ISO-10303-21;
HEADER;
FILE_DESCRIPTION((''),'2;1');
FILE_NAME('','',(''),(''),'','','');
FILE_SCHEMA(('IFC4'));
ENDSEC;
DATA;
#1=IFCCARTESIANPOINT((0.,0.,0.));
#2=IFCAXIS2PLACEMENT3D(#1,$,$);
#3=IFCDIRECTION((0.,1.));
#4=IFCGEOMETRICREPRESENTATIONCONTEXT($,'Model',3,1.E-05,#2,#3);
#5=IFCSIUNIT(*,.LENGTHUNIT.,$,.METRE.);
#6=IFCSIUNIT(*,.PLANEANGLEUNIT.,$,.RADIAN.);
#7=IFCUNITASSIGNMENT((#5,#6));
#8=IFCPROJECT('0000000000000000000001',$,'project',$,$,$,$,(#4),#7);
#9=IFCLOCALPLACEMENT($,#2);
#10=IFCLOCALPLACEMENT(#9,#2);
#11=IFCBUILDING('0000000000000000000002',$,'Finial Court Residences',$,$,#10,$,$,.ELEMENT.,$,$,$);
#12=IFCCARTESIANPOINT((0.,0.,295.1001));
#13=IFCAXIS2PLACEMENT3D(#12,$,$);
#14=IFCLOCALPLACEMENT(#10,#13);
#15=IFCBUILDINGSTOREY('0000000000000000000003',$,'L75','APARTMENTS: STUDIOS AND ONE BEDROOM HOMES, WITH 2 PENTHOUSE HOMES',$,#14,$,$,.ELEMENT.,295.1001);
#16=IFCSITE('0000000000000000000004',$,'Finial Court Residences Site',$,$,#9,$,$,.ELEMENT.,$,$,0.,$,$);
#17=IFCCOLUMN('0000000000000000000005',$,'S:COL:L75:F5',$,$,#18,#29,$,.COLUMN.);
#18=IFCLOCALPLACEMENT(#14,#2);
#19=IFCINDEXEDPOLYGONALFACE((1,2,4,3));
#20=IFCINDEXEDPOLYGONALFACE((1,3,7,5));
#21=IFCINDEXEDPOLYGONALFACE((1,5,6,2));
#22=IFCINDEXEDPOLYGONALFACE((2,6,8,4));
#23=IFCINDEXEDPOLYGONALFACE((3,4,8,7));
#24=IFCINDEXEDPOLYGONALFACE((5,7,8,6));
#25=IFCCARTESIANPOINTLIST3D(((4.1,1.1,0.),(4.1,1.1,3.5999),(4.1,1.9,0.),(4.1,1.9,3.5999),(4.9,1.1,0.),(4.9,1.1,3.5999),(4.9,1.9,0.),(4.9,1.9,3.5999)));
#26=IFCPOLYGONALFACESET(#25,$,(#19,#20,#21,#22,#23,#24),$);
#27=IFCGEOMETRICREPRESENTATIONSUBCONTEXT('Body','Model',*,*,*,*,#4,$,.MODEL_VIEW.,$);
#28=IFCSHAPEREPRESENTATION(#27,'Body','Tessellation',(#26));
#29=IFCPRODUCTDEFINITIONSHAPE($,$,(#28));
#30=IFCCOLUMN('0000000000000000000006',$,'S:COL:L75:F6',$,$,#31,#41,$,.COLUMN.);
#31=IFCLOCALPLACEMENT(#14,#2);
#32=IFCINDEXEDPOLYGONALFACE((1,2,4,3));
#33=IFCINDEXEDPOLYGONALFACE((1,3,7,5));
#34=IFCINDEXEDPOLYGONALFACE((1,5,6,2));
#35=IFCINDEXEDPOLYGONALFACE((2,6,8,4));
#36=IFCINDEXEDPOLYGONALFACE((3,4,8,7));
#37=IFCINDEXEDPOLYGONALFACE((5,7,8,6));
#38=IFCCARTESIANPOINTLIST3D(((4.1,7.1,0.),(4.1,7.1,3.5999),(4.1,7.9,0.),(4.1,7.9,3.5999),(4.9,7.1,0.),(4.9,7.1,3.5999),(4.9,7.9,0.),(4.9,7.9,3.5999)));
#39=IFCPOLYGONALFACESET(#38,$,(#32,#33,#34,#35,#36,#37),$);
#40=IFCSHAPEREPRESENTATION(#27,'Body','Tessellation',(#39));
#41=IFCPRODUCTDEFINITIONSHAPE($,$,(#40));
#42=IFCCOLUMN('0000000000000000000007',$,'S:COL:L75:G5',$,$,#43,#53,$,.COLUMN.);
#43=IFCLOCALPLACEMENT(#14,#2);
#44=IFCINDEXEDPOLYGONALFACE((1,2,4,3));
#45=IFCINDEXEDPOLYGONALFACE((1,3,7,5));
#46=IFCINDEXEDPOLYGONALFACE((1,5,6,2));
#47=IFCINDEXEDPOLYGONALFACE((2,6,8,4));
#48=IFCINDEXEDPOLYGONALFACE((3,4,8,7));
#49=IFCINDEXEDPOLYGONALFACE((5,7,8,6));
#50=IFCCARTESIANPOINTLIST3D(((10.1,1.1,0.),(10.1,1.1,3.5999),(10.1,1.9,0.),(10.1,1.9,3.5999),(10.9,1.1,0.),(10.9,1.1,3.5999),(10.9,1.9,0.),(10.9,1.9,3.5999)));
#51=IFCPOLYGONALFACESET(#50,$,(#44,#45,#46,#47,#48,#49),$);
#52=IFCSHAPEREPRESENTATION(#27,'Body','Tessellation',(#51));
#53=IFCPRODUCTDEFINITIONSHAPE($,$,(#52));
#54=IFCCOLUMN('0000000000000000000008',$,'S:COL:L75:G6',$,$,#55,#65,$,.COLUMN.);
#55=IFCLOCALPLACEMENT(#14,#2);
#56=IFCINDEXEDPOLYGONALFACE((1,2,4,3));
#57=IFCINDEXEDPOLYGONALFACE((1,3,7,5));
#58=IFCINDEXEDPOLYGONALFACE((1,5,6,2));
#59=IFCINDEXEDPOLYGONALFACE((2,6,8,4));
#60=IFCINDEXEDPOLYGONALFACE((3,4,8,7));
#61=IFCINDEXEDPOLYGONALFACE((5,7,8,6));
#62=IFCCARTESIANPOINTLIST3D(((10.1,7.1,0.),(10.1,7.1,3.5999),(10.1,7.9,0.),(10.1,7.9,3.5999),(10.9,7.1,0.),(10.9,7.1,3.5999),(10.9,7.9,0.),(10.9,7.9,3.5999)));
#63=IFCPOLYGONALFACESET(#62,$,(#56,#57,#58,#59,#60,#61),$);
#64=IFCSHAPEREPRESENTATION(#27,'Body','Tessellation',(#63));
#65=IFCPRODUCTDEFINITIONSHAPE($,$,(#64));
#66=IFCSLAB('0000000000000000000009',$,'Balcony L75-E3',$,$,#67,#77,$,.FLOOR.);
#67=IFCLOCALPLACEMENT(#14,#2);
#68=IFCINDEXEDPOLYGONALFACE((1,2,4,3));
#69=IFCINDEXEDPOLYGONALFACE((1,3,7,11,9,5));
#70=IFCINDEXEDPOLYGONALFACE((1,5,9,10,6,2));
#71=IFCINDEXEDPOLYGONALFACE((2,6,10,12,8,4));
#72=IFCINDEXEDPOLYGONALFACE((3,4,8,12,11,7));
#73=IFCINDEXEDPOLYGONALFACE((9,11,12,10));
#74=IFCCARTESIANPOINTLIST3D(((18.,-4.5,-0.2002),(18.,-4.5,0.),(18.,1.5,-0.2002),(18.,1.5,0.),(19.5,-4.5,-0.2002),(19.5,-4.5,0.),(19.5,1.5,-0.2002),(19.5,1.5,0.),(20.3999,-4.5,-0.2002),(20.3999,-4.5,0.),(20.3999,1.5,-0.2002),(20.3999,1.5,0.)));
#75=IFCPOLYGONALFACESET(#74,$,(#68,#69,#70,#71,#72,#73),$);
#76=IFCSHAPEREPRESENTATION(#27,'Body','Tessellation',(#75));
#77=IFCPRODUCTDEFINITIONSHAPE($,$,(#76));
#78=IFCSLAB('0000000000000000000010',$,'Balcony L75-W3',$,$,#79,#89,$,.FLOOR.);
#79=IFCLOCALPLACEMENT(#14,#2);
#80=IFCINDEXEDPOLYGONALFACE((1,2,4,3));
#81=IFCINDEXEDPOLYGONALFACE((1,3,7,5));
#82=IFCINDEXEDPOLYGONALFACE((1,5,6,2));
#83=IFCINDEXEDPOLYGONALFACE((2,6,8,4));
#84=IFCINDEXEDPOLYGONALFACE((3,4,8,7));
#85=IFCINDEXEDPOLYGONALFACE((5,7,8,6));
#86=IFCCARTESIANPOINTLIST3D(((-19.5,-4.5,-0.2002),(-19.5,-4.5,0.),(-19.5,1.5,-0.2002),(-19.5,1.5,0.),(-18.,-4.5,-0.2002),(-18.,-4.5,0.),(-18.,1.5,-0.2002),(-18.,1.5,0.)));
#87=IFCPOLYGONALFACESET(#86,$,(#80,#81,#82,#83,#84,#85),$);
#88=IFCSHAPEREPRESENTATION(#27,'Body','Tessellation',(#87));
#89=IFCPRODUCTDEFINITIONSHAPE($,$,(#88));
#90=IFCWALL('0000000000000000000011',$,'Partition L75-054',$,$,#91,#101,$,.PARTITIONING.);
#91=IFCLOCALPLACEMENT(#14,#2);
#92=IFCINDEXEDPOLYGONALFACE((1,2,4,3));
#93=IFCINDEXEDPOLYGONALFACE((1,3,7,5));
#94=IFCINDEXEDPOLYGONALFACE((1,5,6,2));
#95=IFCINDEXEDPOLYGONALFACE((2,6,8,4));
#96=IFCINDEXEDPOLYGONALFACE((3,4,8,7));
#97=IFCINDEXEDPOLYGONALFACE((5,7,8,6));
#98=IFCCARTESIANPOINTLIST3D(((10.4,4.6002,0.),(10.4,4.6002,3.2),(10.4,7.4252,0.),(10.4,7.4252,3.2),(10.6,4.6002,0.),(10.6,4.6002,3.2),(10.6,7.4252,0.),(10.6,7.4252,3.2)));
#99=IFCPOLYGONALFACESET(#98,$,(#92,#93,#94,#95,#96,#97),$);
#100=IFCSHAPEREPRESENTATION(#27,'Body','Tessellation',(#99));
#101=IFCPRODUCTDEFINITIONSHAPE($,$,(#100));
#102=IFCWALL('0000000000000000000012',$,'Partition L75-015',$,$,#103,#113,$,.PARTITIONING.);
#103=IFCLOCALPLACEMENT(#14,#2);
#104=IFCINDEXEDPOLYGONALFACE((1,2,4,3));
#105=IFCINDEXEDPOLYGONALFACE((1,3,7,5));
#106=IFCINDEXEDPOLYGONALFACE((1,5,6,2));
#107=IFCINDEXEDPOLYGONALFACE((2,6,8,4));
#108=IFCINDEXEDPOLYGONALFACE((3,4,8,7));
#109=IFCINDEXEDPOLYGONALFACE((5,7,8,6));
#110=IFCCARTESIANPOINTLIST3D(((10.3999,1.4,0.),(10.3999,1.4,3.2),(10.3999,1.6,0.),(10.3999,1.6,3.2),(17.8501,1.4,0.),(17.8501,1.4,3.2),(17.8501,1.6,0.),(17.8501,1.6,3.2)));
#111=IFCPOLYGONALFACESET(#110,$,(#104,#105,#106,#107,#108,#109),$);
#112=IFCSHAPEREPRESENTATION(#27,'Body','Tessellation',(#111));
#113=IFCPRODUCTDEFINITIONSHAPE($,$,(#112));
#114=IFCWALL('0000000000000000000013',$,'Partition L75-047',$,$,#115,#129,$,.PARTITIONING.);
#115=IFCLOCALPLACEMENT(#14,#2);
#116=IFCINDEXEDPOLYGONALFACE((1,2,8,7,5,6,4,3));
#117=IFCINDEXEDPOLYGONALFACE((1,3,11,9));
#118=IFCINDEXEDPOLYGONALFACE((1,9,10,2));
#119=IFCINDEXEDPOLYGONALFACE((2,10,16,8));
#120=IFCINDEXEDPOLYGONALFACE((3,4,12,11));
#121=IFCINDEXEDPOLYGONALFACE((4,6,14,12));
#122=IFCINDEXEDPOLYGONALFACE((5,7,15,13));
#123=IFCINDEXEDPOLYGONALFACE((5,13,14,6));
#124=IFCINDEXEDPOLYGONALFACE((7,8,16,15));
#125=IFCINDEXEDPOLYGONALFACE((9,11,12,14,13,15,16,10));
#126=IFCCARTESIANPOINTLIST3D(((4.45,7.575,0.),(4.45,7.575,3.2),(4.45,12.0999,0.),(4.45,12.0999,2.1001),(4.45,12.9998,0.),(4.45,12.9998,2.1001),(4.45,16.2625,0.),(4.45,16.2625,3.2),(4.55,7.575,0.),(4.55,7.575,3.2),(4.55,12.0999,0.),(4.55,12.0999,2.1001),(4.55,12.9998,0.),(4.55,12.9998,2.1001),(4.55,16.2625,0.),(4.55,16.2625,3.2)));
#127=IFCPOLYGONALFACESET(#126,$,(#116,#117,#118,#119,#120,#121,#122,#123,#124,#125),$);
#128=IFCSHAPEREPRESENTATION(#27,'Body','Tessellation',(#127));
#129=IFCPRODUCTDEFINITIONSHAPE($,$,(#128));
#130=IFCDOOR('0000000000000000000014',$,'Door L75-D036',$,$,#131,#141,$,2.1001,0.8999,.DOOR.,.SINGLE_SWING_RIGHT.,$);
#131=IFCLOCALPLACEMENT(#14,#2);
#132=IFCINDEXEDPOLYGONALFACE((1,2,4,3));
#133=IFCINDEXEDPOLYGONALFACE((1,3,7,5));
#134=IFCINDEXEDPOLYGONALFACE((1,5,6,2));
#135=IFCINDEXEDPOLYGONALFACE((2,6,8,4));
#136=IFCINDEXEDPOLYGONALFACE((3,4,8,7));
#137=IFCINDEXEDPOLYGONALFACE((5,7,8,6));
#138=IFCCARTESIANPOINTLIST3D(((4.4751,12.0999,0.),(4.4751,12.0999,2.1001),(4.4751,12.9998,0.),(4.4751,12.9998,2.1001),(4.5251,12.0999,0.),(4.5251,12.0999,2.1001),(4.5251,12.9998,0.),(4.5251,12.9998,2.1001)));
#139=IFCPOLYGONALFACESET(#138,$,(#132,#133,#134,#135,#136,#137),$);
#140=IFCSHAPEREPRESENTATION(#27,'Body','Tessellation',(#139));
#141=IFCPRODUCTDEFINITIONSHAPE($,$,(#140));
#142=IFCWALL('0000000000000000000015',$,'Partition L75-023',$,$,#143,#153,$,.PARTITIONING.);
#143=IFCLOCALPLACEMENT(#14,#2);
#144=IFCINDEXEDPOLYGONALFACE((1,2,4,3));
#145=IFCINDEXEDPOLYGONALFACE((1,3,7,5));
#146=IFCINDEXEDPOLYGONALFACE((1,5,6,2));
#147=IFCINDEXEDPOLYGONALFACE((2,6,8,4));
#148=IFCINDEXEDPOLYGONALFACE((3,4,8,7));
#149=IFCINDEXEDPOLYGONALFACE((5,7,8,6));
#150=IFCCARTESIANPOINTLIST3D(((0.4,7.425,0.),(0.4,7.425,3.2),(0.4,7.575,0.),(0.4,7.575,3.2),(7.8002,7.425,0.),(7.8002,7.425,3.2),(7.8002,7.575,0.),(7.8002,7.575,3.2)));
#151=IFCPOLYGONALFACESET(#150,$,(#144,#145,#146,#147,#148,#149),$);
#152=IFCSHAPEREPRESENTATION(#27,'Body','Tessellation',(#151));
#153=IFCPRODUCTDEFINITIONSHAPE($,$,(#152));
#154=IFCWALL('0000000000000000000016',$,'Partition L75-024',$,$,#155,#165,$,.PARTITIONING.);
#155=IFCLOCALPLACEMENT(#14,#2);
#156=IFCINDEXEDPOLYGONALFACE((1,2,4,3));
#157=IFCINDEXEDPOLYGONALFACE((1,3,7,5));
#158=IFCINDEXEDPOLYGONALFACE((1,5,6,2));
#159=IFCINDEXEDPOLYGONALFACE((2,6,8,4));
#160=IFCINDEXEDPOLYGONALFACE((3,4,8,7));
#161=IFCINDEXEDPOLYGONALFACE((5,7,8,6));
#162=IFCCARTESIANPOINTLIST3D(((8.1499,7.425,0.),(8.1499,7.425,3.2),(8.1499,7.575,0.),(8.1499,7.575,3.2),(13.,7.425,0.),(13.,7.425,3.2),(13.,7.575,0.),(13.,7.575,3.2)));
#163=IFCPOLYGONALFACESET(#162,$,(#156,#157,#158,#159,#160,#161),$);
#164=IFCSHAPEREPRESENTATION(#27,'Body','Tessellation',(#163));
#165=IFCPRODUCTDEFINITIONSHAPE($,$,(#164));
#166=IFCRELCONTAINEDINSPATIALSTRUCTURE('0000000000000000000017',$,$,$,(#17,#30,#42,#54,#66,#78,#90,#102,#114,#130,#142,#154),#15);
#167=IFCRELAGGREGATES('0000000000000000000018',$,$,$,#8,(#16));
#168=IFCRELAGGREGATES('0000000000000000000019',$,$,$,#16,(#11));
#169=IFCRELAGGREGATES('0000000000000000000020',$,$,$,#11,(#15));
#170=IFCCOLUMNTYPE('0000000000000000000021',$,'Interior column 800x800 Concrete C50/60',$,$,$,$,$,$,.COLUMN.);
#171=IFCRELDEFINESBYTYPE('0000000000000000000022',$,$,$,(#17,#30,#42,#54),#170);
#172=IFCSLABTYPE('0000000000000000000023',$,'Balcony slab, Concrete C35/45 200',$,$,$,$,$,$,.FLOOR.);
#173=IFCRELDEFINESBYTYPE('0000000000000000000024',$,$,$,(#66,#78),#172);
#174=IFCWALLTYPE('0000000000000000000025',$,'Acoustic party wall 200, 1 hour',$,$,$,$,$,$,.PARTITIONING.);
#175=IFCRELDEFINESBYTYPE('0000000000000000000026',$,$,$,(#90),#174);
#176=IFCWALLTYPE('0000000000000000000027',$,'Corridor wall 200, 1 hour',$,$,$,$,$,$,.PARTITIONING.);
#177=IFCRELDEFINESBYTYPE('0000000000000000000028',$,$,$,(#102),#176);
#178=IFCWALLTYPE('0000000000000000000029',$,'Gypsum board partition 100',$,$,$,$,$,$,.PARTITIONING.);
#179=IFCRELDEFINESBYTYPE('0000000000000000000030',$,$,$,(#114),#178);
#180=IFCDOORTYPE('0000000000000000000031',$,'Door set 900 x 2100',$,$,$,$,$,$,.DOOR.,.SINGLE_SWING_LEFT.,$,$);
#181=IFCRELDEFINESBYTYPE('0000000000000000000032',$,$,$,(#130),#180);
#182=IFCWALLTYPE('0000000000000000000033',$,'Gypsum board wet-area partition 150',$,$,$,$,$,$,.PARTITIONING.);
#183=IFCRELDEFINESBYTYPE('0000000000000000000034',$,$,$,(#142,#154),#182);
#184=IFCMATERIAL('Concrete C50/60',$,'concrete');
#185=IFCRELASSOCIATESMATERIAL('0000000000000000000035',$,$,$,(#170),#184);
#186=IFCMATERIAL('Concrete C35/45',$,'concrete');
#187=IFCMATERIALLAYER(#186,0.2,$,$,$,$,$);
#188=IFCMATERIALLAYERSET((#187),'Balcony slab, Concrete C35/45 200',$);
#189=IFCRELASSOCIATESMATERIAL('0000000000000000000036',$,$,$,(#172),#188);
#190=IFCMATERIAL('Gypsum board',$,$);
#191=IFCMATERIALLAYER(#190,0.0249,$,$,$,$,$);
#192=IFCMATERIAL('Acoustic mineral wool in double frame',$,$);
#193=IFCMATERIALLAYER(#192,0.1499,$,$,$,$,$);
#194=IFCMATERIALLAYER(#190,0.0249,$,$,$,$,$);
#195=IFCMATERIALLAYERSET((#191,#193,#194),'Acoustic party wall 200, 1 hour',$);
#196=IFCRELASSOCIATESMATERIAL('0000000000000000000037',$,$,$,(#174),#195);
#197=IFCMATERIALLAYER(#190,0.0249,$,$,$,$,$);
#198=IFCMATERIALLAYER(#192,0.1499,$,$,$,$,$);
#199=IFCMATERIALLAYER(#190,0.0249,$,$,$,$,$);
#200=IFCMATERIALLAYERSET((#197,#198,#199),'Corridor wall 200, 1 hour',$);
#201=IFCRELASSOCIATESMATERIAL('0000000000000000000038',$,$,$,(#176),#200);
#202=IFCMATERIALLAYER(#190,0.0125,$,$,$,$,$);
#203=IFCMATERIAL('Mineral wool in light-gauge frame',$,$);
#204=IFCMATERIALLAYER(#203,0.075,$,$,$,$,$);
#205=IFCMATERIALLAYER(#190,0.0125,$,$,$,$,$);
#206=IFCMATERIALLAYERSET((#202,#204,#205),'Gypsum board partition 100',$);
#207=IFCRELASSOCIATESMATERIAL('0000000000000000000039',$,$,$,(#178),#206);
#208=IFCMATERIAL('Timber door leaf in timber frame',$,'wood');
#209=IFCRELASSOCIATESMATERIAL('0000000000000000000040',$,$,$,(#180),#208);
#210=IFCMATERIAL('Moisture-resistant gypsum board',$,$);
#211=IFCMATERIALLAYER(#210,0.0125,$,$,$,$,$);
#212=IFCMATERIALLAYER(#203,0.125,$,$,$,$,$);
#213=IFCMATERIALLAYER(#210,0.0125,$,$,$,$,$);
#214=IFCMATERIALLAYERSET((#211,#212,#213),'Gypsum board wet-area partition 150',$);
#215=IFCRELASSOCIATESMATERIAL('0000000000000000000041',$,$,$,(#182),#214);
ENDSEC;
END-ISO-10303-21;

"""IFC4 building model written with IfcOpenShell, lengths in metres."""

from ifc_helpers import new_model, si_unit, direction, frame, frame_2d, origin, origin_2d, place, context, subcontext, project, spatial, polyline, rectangle, outline, extrude, material, layer, layer_set, material_profile, profile_set, type_object, element, fill, save


model = new_model("IFC4")

# Units and contexts
model_context = context("Model", 3, precision=1e-05, world=origin(), true_north=direction((0.0, 1.0)))
body_context = subcontext(model_context, "Body", "Model", "MODEL_VIEW")
ifc_project = project(units=[si_unit("LENGTHUNIT", "METRE"), si_unit("PLANEANGLEUNIT", "RADIAN")], contexts=[model_context])

# Site, building, storey
site_placement = place(None, origin())
site = spatial("IfcSite", under=ifc_project, at=site_placement, Name="Finial Court Residences Site", CompositionType="ELEMENT", RefElevation=0.0)
building_placement = place(site_placement, origin())
building = spatial("IfcBuilding", under=site, at=building_placement, Name="Finial Court Residences", CompositionType="ELEMENT")
storey_placement = place(building_placement, frame((0.0, 0.0, 295.1001)))
storey = spatial("IfcBuildingStorey", under=building, at=storey_placement, Name="L75", Description="APARTMENTS: STUDIOS AND ONE BEDROOM HOMES, WITH 2 PENTHOUSE HOMES", CompositionType="ELEMENT", Elevation=295.1001)

# Columns
ifc_material_1 = material(Name="Concrete C50/60", Category="concrete")
ifc_material_profile = material_profile(ifc_material_1, rectangle(XDim=0.8, YDim=0.8, at=origin_2d()), Name="800x800")
ifc_profile_set = profile_set([ifc_material_profile], Name="Concrete C50/60")
column_type = type_object("IfcColumnType", Name="Interior column 800x800 Concrete C50/60", PredefinedType="COLUMN", material=ifc_profile_set)
for number, where, z_axis, x_axis, name in (
    (1, (4.5, 1.5, 0.0), (0.0, 0.0, 1.0), (1.0, 0.0, 0.0), "S:COL:L75:F5"),
    (2, (4.5, 7.5, 0.0), (0.0, 0.0, 1.0), (1.0, 0.0, 0.0), "S:COL:L75:F6"),
    (3, (10.5, 1.5, 0.0), (0.0, 0.0, 1.0), (1.0, 0.0, 0.0), "S:COL:L75:G5"),
    (4, (10.5, 7.5, 0.0), (0.0, 0.0, 1.0), (1.0, 0.0, 0.0), "S:COL:L75:G6"),
):
    element("IfcColumn", number, at=place(storey_placement, frame(where, z_axis=z_axis, x_axis=x_axis)), inside=storey, type_object=column_type, Name=name, PredefinedType="COLUMN", context=body_context, shape_type="SweptSolid", body=[
        extrude(rectangle(XDim=0.8, YDim=0.8, at=origin_2d()), origin(), (0.0, 0.0, 1.0), 3.5999),
    ])

# Slabs
ifc_material_2 = material(Name="Concrete C35/45", Category="concrete")
ifc_layer_1 = layer(ifc_material_2, 0.2)
ifc_layer_set_1 = layer_set([ifc_layer_1], Name="Balcony slab, Concrete C35/45 200")
slab_type = type_object("IfcSlabType", Name="Balcony slab, Concrete C35/45 200", PredefinedType="FLOOR", material=ifc_layer_set_1)
slab_1_placement = place(storey_placement, frame((0.0, 0.0, -0.2002)))
element("IfcSlab", 5, at=slab_1_placement, inside=storey, type_object=slab_type, Name="Balcony L75-E3", PredefinedType="FLOOR", context=body_context, shape_type="SweptSolid", body=[
    extrude(outline(polyline([(18.0, 1.5), (19.5, 1.5), (20.3999, 1.5), (20.3999, -4.5), (19.5, -4.5), (18.0, -4.5), (18.0, 1.5)])), origin(), (0.0, 0.0, 1.0), 0.2002),
])
slab_2_placement = place(storey_placement, frame((0.0, 0.0, -0.2002)))
element("IfcSlab", 6, at=slab_2_placement, inside=storey, type_object=slab_type, Name="Balcony L75-W3", PredefinedType="FLOOR", context=body_context, shape_type="SweptSolid", body=[
    extrude(outline(polyline([(-18.0, -4.5), (-18.0, 1.5), (-19.5, 1.5), (-19.5, -4.5), (-18.0, -4.5)])), origin(), (0.0, 0.0, 1.0), 0.2002),
])

# Walls
ifc_material_3 = material(Name="Gypsum board")
ifc_layer_2 = layer(ifc_material_3, 0.0249)
ifc_material_4 = material(Name="Acoustic mineral wool in double frame")
ifc_layer_3 = layer(ifc_material_4, 0.1499)
ifc_layer_4 = layer(ifc_material_3, 0.0249)
ifc_layer_set_2 = layer_set([ifc_layer_2, ifc_layer_3, ifc_layer_4], Name="Acoustic party wall 200, 1 hour")
wall_type_1 = type_object("IfcWallType", Name="Acoustic party wall 200, 1 hour", PredefinedType="PARTITIONING", material=ifc_layer_set_2)
wall_1_placement = place(storey_placement, frame((10.5, 4.6001, 0.0), z_axis=(0.0, 0.0, 1.0), x_axis=(0.0, 1.0, 0.0)))
element("IfcWall", 7, at=wall_1_placement, inside=storey, type_object=wall_type_1, Name="Partition L75-054", PredefinedType="PARTITIONING", context=body_context, shape_type="SweptSolid", body=[
    extrude(rectangle(XDim=2.825, YDim=0.2, at=frame_2d((1.4126, 0.0))), origin(), (0.0, 0.0, 1.0), 3.2),
])
ifc_layer_5 = layer(ifc_material_3, 0.0249)
ifc_layer_6 = layer(ifc_material_4, 0.1499)
ifc_layer_7 = layer(ifc_material_3, 0.0249)
ifc_layer_set_3 = layer_set([ifc_layer_5, ifc_layer_6, ifc_layer_7], Name="Corridor wall 200, 1 hour")
wall_type_2 = type_object("IfcWallType", Name="Corridor wall 200, 1 hour", PredefinedType="PARTITIONING", material=ifc_layer_set_3)
wall_2_placement = place(storey_placement, frame((10.3999, 1.5, 0.0), z_axis=(0.0, 0.0, 1.0), x_axis=(1.0, 0.0, 0.0)))
element("IfcWall", 8, at=wall_2_placement, inside=storey, type_object=wall_type_2, Name="Partition L75-015", PredefinedType="PARTITIONING", context=body_context, shape_type="SweptSolid", body=[
    extrude(rectangle(XDim=7.4502, YDim=0.2, at=frame_2d((3.7251, 0.0))), origin(), (0.0, 0.0, 1.0), 3.2),
])

# Wall, opening, door
ifc_layer_8 = layer(ifc_material_3, 0.0125)
ifc_material_5 = material(Name="Mineral wool in light-gauge frame")
ifc_layer_9 = layer(ifc_material_5, 0.075)
ifc_layer_10 = layer(ifc_material_3, 0.0125)
ifc_layer_set_4 = layer_set([ifc_layer_8, ifc_layer_9, ifc_layer_10], Name="Gypsum board partition 100")
wall_type_3 = type_object("IfcWallType", Name="Gypsum board partition 100", PredefinedType="PARTITIONING", material=ifc_layer_set_4)
wall_3_placement = place(storey_placement, frame((4.5, 7.575, 0.0), z_axis=(0.0, 0.0, 1.0), x_axis=(0.0, 1.0, 0.0)))
wall_3 = element("IfcWall", 9, at=wall_3_placement, inside=storey, type_object=wall_type_3, Name="Partition L75-047", PredefinedType="PARTITIONING", context=body_context, shape_type="SweptSolid", body=[
    extrude(rectangle(XDim=8.6875, YDim=0.1001, at=frame_2d((4.3438, 0.0))), origin(), (0.0, 0.0, 1.0), 3.2),
])
opening_1_placement = place(wall_3_placement, frame((4.5249, 0.0, 0.0)))
opening_1 = element("IfcOpeningElement", 10, at=opening_1_placement, cuts=wall_3, PredefinedType="OPENING", context=body_context, shape_type="SweptSolid", body=[
    extrude(rectangle(XDim=0.8999, YDim=2.1001, at=frame_2d((0.45, 1.05))), frame((0.0, 0.0601, 0.0), z_axis=(0.0, -1.0, 0.0), x_axis=(1.0, 0.0, 0.0)), (0.0, 0.0, 1.0), 0.1201),
])
ifc_material_6 = material(Name="Timber door leaf in timber frame", Category="wood")
door_type = type_object("IfcDoorType", Name="Door set 900 x 2100", OperationType="SINGLE_SWING_LEFT", PredefinedType="DOOR", material=ifc_material_6)
door_1_placement = place(opening_1_placement, origin())
door_1 = element("IfcDoor", 11, at=door_1_placement, inside=storey, type_object=door_type, Name="Door L75-D036", OperationType="SINGLE_SWING_RIGHT", OverallHeight=2.1001, OverallWidth=0.8999, PredefinedType="DOOR", context=body_context, shape_type="SweptSolid", body=[
    extrude(rectangle(XDim=0.8999, YDim=2.1001, at=frame_2d((0.45, 1.05))), frame((0.0, 0.0249, 0.0), z_axis=(0.0, -1.0, 0.0), x_axis=(1.0, 0.0, 0.0)), (0.0, 0.0, 1.0), 0.05),
])
fill(opening_1, door_1)

# Walls
ifc_material_7 = material(Name="Moisture-resistant gypsum board")
ifc_layer_11 = layer(ifc_material_7, 0.0125)
ifc_layer_12 = layer(ifc_material_5, 0.125)
ifc_layer_13 = layer(ifc_material_7, 0.0125)
ifc_layer_set_5 = layer_set([ifc_layer_11, ifc_layer_12, ifc_layer_13], Name="Gypsum board wet-area partition 150")
wall_type_4 = type_object("IfcWallType", Name="Gypsum board wet-area partition 150", PredefinedType="PARTITIONING", material=ifc_layer_set_5)
wall_4_placement = place(storey_placement, frame((0.3999, 7.5, 0.0), z_axis=(0.0, 0.0, 1.0), x_axis=(1.0, 0.0, 0.0)))
element("IfcWall", 12, at=wall_4_placement, inside=storey, type_object=wall_type_4, Name="Partition L75-023", PredefinedType="PARTITIONING", context=body_context, shape_type="SweptSolid", body=[
    extrude(rectangle(XDim=7.4001, YDim=0.1499, at=frame_2d((3.7002, 0.0))), origin(), (0.0, 0.0, 1.0), 3.2),
])
wall_5_placement = place(storey_placement, frame((8.1499, 7.5, 0.0), z_axis=(0.0, 0.0, 1.0), x_axis=(1.0, 0.0, 0.0)))
element("IfcWall", 13, at=wall_5_placement, inside=storey, type_object=wall_type_4, Name="Partition L75-024", PredefinedType="PARTITIONING", context=body_context, shape_type="SweptSolid", body=[
    extrude(rectangle(XDim=4.8501, YDim=0.1499, at=frame_2d((2.425, 0.0))), origin(), (0.0, 0.0, 1.0), 3.2),
])

save(model, "model.ifc")
